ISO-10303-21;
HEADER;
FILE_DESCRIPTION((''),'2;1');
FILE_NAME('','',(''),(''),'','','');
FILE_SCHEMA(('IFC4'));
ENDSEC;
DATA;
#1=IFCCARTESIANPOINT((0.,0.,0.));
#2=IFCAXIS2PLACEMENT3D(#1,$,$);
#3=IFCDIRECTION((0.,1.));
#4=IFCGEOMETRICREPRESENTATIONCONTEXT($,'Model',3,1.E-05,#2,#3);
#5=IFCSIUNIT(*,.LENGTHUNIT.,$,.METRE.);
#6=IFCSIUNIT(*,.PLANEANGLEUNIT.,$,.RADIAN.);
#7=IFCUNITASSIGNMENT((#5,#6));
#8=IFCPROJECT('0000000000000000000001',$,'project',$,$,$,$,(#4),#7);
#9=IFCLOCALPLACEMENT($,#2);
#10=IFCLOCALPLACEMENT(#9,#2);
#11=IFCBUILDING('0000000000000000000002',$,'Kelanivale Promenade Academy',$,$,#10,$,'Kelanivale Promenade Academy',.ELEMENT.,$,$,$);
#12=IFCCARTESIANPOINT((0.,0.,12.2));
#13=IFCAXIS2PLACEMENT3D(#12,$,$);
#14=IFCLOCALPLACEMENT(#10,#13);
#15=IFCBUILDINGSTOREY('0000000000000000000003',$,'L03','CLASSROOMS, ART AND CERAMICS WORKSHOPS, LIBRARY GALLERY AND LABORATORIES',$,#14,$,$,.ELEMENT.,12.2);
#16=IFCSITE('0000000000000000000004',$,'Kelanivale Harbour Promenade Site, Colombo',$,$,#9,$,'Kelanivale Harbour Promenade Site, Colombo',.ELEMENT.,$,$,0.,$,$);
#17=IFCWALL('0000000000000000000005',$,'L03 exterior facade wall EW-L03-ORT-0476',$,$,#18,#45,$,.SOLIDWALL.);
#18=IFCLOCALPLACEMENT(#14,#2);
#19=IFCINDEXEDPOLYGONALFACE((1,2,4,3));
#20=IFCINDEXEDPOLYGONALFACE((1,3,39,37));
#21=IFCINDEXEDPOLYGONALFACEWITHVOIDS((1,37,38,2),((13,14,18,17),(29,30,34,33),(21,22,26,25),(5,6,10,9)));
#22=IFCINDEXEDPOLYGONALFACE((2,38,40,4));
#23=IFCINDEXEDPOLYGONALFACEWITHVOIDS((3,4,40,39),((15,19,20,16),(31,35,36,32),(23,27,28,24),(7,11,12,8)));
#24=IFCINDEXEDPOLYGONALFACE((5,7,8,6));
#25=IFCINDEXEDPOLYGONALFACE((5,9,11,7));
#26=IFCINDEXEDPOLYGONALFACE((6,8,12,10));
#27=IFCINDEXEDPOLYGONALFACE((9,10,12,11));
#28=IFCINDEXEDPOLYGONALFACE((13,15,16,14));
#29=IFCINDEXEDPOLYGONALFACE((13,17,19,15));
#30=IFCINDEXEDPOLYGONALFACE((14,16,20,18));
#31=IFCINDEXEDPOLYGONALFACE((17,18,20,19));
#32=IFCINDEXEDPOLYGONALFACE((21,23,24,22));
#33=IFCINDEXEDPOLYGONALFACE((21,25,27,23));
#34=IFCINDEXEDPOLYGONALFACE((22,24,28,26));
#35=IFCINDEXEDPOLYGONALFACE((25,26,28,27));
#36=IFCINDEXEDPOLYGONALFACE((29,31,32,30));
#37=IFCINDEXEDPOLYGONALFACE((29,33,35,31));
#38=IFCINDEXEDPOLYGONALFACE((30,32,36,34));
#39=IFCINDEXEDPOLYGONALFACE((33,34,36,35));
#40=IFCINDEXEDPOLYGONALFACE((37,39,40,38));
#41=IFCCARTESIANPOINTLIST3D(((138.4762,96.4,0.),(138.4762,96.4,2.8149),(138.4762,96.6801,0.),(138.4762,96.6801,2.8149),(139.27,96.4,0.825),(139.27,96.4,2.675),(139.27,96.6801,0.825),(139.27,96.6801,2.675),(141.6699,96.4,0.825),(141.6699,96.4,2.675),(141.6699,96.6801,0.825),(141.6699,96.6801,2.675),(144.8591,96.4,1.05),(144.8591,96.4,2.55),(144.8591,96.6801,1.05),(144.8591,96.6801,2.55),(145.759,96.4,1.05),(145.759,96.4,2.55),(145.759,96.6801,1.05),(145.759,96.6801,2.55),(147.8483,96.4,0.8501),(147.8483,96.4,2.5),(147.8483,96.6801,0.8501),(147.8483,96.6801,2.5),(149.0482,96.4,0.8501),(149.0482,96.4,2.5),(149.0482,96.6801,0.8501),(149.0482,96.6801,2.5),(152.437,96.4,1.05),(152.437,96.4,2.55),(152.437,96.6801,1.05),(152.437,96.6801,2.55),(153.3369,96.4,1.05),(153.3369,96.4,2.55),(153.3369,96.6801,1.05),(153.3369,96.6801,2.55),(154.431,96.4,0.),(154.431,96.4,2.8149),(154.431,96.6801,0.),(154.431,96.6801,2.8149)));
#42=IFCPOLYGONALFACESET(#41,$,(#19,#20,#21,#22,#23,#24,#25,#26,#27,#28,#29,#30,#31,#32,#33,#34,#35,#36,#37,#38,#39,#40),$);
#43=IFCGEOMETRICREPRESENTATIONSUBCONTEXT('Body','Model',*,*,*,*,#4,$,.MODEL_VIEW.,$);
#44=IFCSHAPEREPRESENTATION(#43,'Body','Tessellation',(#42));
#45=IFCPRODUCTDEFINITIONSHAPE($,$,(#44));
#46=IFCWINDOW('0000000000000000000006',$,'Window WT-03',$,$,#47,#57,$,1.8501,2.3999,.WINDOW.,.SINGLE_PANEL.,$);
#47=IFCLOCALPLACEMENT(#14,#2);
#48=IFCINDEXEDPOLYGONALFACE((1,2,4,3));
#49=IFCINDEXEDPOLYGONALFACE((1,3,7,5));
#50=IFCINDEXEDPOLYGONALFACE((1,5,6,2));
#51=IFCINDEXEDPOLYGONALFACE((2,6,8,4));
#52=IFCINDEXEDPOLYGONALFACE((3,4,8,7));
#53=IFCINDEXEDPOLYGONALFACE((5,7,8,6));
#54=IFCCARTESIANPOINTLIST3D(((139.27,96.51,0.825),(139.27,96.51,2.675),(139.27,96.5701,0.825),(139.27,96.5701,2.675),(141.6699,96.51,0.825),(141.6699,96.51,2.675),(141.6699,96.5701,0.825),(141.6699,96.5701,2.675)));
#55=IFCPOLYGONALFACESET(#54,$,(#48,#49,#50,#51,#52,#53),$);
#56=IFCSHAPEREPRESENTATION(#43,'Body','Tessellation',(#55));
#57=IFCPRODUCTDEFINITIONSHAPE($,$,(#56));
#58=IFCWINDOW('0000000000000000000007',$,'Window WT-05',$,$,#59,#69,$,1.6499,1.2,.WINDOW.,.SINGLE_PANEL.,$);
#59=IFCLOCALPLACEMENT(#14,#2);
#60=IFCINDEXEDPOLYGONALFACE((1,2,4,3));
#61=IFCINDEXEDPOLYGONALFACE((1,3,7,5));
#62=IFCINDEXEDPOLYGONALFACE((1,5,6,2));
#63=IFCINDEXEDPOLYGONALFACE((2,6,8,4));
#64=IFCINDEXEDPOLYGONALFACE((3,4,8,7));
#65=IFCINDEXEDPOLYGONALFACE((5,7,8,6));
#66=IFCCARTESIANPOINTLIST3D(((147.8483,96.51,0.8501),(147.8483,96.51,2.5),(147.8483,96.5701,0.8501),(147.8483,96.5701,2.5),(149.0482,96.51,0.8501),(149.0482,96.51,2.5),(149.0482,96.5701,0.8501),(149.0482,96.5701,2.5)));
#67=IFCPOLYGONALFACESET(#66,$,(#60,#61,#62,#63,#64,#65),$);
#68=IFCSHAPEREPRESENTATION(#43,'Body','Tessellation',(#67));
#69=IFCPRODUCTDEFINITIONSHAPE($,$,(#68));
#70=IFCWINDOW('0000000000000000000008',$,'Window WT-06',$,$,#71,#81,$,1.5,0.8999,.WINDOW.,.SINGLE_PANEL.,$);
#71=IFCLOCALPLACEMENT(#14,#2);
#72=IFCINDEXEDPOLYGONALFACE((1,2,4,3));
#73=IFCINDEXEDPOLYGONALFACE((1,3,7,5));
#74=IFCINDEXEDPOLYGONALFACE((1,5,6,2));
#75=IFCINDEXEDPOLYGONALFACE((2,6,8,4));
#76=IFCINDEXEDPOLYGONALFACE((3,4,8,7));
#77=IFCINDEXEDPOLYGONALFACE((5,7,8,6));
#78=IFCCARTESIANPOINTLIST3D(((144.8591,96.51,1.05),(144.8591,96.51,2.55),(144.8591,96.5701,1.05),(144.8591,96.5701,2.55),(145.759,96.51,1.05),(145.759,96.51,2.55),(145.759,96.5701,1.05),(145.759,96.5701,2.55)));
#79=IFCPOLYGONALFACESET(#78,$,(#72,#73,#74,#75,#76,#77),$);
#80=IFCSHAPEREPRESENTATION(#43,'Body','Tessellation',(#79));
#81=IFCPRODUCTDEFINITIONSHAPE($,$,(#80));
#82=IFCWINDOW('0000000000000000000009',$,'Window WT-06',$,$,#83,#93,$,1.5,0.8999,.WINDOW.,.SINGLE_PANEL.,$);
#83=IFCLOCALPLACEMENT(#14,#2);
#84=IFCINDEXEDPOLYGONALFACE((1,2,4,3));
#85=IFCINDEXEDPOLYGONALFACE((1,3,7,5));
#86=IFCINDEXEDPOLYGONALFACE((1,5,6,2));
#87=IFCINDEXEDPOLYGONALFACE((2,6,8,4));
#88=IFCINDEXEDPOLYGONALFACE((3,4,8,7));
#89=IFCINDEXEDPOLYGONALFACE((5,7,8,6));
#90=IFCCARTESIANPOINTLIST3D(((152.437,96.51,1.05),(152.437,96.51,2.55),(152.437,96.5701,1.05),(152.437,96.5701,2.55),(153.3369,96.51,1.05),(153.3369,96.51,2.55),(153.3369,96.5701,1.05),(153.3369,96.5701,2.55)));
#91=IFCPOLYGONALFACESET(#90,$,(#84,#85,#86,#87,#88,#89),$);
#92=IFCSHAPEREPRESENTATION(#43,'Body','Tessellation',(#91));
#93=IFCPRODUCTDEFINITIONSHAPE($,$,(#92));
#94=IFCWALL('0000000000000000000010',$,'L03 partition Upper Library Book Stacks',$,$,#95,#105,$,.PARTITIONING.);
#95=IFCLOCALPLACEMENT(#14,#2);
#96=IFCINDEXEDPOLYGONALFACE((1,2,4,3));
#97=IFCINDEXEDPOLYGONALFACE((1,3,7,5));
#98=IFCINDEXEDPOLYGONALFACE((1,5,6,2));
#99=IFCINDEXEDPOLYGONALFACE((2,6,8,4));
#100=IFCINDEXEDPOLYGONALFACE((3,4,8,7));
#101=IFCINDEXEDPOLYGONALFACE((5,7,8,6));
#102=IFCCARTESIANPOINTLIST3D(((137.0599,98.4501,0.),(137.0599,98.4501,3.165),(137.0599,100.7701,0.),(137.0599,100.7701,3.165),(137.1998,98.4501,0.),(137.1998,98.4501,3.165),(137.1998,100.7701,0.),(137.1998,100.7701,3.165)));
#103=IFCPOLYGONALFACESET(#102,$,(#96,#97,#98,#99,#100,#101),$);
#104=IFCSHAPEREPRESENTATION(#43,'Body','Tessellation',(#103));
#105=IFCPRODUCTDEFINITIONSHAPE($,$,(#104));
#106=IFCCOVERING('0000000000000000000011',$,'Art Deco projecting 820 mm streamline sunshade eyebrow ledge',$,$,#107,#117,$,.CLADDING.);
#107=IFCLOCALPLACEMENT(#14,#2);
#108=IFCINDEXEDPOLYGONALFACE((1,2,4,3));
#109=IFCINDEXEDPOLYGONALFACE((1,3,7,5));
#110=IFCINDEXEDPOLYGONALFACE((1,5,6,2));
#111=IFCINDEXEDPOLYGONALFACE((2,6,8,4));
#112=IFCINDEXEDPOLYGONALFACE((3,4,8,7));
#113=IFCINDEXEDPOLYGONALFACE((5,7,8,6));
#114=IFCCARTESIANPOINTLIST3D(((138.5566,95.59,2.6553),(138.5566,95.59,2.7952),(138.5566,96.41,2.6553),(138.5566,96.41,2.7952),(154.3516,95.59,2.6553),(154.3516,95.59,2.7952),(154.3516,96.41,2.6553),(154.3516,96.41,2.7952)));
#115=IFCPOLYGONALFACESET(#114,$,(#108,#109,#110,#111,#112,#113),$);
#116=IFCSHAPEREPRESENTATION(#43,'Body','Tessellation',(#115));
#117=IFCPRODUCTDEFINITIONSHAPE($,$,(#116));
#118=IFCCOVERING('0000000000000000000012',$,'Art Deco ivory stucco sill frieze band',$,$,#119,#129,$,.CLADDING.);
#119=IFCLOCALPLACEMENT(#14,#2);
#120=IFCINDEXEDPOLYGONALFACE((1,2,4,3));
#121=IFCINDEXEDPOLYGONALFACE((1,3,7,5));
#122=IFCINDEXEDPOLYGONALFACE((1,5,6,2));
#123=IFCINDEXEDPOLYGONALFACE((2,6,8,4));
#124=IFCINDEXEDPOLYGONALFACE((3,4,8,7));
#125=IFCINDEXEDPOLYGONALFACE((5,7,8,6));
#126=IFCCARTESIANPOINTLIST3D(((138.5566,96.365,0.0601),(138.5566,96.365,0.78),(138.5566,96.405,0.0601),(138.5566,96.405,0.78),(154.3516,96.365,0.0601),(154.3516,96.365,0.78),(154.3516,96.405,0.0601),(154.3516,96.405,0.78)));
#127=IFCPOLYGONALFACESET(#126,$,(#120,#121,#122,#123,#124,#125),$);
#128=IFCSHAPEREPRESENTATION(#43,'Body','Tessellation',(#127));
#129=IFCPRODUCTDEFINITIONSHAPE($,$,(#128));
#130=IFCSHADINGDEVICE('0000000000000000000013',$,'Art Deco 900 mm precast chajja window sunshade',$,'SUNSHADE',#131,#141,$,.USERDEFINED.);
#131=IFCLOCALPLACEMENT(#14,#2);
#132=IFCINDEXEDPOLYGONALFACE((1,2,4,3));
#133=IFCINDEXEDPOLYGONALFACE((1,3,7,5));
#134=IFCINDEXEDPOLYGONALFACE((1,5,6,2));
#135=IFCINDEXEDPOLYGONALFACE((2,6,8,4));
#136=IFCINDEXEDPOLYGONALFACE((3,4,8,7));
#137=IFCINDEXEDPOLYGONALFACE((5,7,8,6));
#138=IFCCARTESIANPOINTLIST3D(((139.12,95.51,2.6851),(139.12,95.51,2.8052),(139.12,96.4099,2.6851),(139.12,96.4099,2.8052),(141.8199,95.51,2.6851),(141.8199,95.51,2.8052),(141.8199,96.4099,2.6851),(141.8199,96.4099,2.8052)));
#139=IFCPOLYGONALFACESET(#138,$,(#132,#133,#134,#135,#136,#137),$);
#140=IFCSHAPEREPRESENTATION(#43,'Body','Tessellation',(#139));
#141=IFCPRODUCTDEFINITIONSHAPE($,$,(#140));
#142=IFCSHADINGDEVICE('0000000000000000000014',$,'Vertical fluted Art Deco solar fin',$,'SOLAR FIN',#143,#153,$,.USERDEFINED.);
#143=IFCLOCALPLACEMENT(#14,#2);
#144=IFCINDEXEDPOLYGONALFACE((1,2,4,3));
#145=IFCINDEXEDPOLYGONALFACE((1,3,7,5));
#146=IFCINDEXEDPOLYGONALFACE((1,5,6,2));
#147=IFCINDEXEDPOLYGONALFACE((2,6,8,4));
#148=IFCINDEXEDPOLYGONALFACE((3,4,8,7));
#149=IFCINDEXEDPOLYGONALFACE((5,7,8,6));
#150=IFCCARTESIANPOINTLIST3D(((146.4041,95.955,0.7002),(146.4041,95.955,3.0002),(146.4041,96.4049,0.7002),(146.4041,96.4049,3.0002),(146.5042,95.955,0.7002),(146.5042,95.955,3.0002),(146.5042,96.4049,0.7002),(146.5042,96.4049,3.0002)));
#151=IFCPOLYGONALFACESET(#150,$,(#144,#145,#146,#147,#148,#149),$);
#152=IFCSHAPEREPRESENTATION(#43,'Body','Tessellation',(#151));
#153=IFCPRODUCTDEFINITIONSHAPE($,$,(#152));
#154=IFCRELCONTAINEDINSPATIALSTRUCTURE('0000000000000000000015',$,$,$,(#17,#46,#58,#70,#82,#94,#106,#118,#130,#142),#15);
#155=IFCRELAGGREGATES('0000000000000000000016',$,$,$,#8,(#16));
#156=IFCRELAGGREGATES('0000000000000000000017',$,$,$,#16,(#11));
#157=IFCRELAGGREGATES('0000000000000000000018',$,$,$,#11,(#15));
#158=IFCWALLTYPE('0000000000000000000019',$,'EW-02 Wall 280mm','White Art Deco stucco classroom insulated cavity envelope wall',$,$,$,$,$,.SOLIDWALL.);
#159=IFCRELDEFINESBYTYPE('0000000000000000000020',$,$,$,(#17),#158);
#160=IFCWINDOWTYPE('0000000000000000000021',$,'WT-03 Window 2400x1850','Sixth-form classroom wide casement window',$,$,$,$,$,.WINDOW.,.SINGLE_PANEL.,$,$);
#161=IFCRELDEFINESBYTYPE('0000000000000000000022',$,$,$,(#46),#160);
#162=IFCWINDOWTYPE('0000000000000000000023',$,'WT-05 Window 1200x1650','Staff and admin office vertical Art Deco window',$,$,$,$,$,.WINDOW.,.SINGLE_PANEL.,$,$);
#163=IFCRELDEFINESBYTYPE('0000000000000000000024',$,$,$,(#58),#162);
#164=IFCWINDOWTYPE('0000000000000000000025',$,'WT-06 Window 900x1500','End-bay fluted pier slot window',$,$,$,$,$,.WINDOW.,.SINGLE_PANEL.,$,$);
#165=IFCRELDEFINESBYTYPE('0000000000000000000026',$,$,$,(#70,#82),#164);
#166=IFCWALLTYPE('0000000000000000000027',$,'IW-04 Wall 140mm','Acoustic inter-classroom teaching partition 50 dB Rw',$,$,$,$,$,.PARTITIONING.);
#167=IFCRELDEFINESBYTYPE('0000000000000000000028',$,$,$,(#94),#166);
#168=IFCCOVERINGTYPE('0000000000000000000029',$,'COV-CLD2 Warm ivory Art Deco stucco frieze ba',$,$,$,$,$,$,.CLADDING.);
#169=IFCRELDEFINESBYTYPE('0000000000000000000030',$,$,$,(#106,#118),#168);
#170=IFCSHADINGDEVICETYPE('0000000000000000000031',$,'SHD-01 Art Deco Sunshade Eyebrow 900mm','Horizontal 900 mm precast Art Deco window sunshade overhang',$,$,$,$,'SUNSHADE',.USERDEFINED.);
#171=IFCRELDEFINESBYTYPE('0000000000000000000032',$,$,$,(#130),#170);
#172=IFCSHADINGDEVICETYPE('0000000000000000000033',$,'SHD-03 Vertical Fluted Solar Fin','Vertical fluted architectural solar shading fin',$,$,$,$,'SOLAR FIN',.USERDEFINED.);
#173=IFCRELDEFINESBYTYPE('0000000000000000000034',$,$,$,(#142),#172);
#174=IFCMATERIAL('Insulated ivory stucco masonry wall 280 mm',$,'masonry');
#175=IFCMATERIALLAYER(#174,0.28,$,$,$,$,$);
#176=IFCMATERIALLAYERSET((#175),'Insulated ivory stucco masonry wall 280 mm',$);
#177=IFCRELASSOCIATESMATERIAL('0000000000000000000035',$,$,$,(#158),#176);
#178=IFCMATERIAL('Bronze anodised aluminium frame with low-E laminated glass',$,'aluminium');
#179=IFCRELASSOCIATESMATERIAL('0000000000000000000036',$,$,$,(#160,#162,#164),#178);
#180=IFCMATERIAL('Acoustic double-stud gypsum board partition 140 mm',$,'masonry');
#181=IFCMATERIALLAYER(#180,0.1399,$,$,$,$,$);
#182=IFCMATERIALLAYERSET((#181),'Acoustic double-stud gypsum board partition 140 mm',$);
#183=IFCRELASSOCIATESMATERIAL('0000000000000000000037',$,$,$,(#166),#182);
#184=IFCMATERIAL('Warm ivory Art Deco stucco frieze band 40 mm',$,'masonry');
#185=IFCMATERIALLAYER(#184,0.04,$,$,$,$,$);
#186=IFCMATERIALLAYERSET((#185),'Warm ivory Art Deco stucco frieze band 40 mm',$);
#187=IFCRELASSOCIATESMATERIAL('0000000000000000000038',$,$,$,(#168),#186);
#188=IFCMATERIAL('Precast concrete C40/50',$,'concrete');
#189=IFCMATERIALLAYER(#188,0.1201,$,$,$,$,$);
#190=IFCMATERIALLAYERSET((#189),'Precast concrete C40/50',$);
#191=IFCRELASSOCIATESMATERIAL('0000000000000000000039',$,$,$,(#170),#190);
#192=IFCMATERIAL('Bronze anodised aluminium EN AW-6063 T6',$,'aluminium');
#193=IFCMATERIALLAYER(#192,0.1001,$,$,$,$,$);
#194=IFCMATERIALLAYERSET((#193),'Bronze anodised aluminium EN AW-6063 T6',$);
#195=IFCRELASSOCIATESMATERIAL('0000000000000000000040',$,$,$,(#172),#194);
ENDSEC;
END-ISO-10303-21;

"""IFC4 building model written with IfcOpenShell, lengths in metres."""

from ifc_helpers import new_model, si_unit, direction, frame, frame_2d, origin, origin_2d, place, context, subcontext, project, spatial, rectangle, extrude, material, layer, layer_set, type_object, element, fill, save


model = new_model("IFC4")

# Units and contexts
model_context = context("Model", 3, precision=1e-05, world=origin(), true_north=direction((0.0, 1.0)))
body_context = subcontext(model_context, "Body", "Model", "MODEL_VIEW")
ifc_project = project(units=[si_unit("LENGTHUNIT", "METRE"), si_unit("PLANEANGLEUNIT", "RADIAN")], contexts=[model_context])

# Site, building, storey
site_placement = place(None, origin())
site = spatial("IfcSite", under=ifc_project, at=site_placement, Name="Kelanivale Harbour Promenade Site, Colombo", LongName="Kelanivale Harbour Promenade Site, Colombo", CompositionType="ELEMENT", RefElevation=0.0)
building_placement = place(site_placement, origin())
building = spatial("IfcBuilding", under=site, at=building_placement, Name="Kelanivale Promenade Academy", LongName="Kelanivale Promenade Academy", CompositionType="ELEMENT")
storey_placement = place(building_placement, frame((0.0, 0.0, 12.2)))
storey = spatial("IfcBuildingStorey", under=building, at=storey_placement, Name="L03", Description="CLASSROOMS, ART AND CERAMICS WORKSHOPS, LIBRARY GALLERY AND LABORATORIES", CompositionType="ELEMENT", Elevation=12.2)

# Wall, openings, windows
ifc_material_1 = material(Name="Insulated ivory stucco masonry wall 280 mm", Category="masonry")
ifc_layer_1 = layer(ifc_material_1, 0.28)
ifc_layer_set_1 = layer_set([ifc_layer_1], Name="Insulated ivory stucco masonry wall 280 mm")
wall_type_1 = type_object("IfcWallType", Name="EW-02 Wall 280mm", Description="White Art Deco stucco classroom insulated cavity envelope wall", PredefinedType="SOLIDWALL", material=ifc_layer_set_1)
wall_1_placement = place(storey_placement, frame((138.4761, 96.54, 0.0), z_axis=(0.0, 0.0, 1.0), x_axis=(1.0, 0.0, 0.0)))
wall_1 = element("IfcWall", 1, at=wall_1_placement, inside=storey, type_object=wall_type_1, Name="L03 exterior facade wall EW-L03-ORT-0476", PredefinedType="SOLIDWALL", context=body_context, shape_type="SweptSolid", body=[
    extrude(rectangle(XDim=15.9548, YDim=0.28, at=frame_2d((7.9775, 0.0))), origin(), (0.0, 0.0, 1.0), 2.8149),
])
opening_1_placement = place(wall_1_placement, frame((0.7939, 0.0, 0.825)))
opening_1 = element("IfcOpeningElement", 2, at=opening_1_placement, cuts=wall_1, PredefinedType="OPENING", context=body_context, shape_type="SweptSolid", body=[
    extrude(rectangle(XDim=2.3999, YDim=1.8501, at=frame_2d((1.2, 0.925))), frame((0.0, 0.1499, 0.0), z_axis=(0.0, -1.0, 0.0), x_axis=(1.0, 0.0, 0.0)), (0.0, 0.0, 1.0), 0.3),
])
opening_2_placement = place(wall_1_placement, frame((6.3831, 0.0, 1.05)))
opening_2 = element("IfcOpeningElement", 3, at=opening_2_placement, cuts=wall_1, PredefinedType="OPENING", context=body_context, shape_type="SweptSolid", body=[
    extrude(rectangle(XDim=0.8999, YDim=1.5, at=frame_2d((0.45, 0.75))), frame((0.0, 0.1499, 0.0), z_axis=(0.0, -1.0, 0.0), x_axis=(1.0, 0.0, 0.0)), (0.0, 0.0, 1.0), 0.3),
])
opening_3_placement = place(wall_1_placement, frame((9.3721, 0.0, 0.8501)))
opening_3 = element("IfcOpeningElement", 4, at=opening_3_placement, cuts=wall_1, PredefinedType="OPENING", context=body_context, shape_type="SweptSolid", body=[
    extrude(rectangle(XDim=1.2, YDim=1.6499, at=frame_2d((0.6001, 0.825))), frame((0.0, 0.1499, 0.0), z_axis=(0.0, -1.0, 0.0), x_axis=(1.0, 0.0, 0.0)), (0.0, 0.0, 1.0), 0.3),
])
opening_4_placement = place(wall_1_placement, frame((13.9609, 0.0, 1.05)))
opening_4 = element("IfcOpeningElement", 5, at=opening_4_placement, cuts=wall_1, PredefinedType="OPENING", context=body_context, shape_type="SweptSolid", body=[
    extrude(rectangle(XDim=0.8999, YDim=1.5, at=frame_2d((0.45, 0.75))), frame((0.0, 0.1499, 0.0), z_axis=(0.0, -1.0, 0.0), x_axis=(1.0, 0.0, 0.0)), (0.0, 0.0, 1.0), 0.3),
])
ifc_material_2 = material(Name="Bronze anodised aluminium frame with low-E laminated glass", Category="aluminium")
window_type_1 = type_object("IfcWindowType", Name="WT-03 Window 2400x1850", Description="Sixth-form classroom wide casement window", PartitioningType="SINGLE_PANEL", PredefinedType="WINDOW", material=ifc_material_2)
window_1_placement = place(opening_1_placement, origin())
window_1 = element("IfcWindow", 6, at=window_1_placement, inside=storey, type_object=window_type_1, Name="Window WT-03", OverallHeight=1.8501, OverallWidth=2.3999, PartitioningType="SINGLE_PANEL", PredefinedType="WINDOW", context=body_context, shape_type="SweptSolid", body=[
    extrude(rectangle(XDim=2.3999, YDim=1.8501, at=frame_2d((1.2, 0.925))), frame((0.0, 0.03, 0.0), z_axis=(0.0, -1.0, 0.0), x_axis=(1.0, 0.0, 0.0)), (0.0, 0.0, 1.0), 0.0601),
])
fill(opening_1, window_1)
window_type_2 = type_object("IfcWindowType", Name="WT-05 Window 1200x1650", Description="Staff and admin office vertical Art Deco window", PartitioningType="SINGLE_PANEL", PredefinedType="WINDOW", material=ifc_material_2)
window_2_placement = place(opening_3_placement, origin())
window_2 = element("IfcWindow", 7, at=window_2_placement, inside=storey, type_object=window_type_2, Name="Window WT-05", OverallHeight=1.6499, OverallWidth=1.2, PartitioningType="SINGLE_PANEL", PredefinedType="WINDOW", context=body_context, shape_type="SweptSolid", body=[
    extrude(rectangle(XDim=1.2, YDim=1.6499, at=frame_2d((0.6001, 0.825))), frame((0.0, 0.03, 0.0), z_axis=(0.0, -1.0, 0.0), x_axis=(1.0, 0.0, 0.0)), (0.0, 0.0, 1.0), 0.0601),
])
fill(opening_3, window_2)
window_type_3 = type_object("IfcWindowType", Name="WT-06 Window 900x1500", Description="End-bay fluted pier slot window", PartitioningType="SINGLE_PANEL", PredefinedType="WINDOW", material=ifc_material_2)
window_3_placement = place(opening_2_placement, origin())
window_3 = element("IfcWindow", 8, at=window_3_placement, inside=storey, type_object=window_type_3, Name="Window WT-06", OverallHeight=1.5, OverallWidth=0.8999, PartitioningType="SINGLE_PANEL", PredefinedType="WINDOW", context=body_context, shape_type="SweptSolid", body=[
    extrude(rectangle(XDim=0.8999, YDim=1.5, at=frame_2d((0.45, 0.75))), frame((0.0, 0.03, 0.0), z_axis=(0.0, -1.0, 0.0), x_axis=(1.0, 0.0, 0.0)), (0.0, 0.0, 1.0), 0.0601),
])
fill(opening_2, window_3)
window_4_placement = place(opening_4_placement, origin())
window_4 = element("IfcWindow", 9, at=window_4_placement, inside=storey, type_object=window_type_3, Name="Window WT-06", OverallHeight=1.5, OverallWidth=0.8999, PartitioningType="SINGLE_PANEL", PredefinedType="WINDOW", context=body_context, shape_type="SweptSolid", body=[
    extrude(rectangle(XDim=0.8999, YDim=1.5, at=frame_2d((0.45, 0.75))), frame((0.0, 0.03, 0.0), z_axis=(0.0, -1.0, 0.0), x_axis=(1.0, 0.0, 0.0)), (0.0, 0.0, 1.0), 0.0601),
])
fill(opening_4, window_4)

# Wall
ifc_material_3 = material(Name="Acoustic double-stud gypsum board partition 140 mm", Category="masonry")
ifc_layer_2 = layer(ifc_material_3, 0.1399)
ifc_layer_set_2 = layer_set([ifc_layer_2], Name="Acoustic double-stud gypsum board partition 140 mm")
wall_type_2 = type_object("IfcWallType", Name="IW-04 Wall 140mm", Description="Acoustic inter-classroom teaching partition 50 dB Rw", PredefinedType="PARTITIONING", material=ifc_layer_set_2)
wall_2_placement = place(storey_placement, frame((137.1299, 98.45, 0.0), z_axis=(0.0, 0.0, 1.0), x_axis=(0.0, 1.0, 0.0)))
element("IfcWall", 10, at=wall_2_placement, inside=storey, type_object=wall_type_2, Name="L03 partition Upper Library Book Stacks", PredefinedType="PARTITIONING", context=body_context, shape_type="SweptSolid", body=[
    extrude(rectangle(XDim=2.3201, YDim=0.1399, at=frame_2d((1.1602, 0.0))), origin(), (0.0, 0.0, 1.0), 3.165),
])

# Coverings
ifc_material_4 = material(Name="Warm ivory Art Deco stucco frieze band 40 mm", Category="masonry")
ifc_layer_3 = layer(ifc_material_4, 0.04)
ifc_layer_set_3 = layer_set([ifc_layer_3], Name="Warm ivory Art Deco stucco frieze band 40 mm")
covering_type = type_object("IfcCoveringType", Name="COV-CLD2 Warm ivory Art Deco stucco frieze ba", PredefinedType="CLADDING", material=ifc_layer_set_3)
covering_1_placement = place(storey_placement, frame((146.4541, 96.0, 2.6553), z_axis=(0.0, 0.0, 1.0), x_axis=(1.0, 0.0, 0.0)))
element("IfcCovering", 11, at=covering_1_placement, inside=storey, type_object=covering_type, Name="Art Deco projecting 820 mm streamline sunshade eyebrow ledge", PredefinedType="CLADDING", context=body_context, shape_type="SweptSolid", body=[
    extrude(rectangle(XDim=15.7949, YDim=0.8201, at=origin_2d()), origin(), (0.0, 0.0, 1.0), 0.1399),
])
covering_2_placement = place(storey_placement, frame((146.4541, 96.385, 0.0601), z_axis=(0.0, 0.0, 1.0), x_axis=(1.0, 0.0, 0.0)))
element("IfcCovering", 12, at=covering_2_placement, inside=storey, type_object=covering_type, Name="Art Deco ivory stucco sill frieze band", PredefinedType="CLADDING", context=body_context, shape_type="SweptSolid", body=[
    extrude(rectangle(XDim=15.7949, YDim=0.04, at=origin_2d()), origin(), (0.0, 0.0, 1.0), 0.72),
])

# Shading devices
ifc_material_5 = material(Name="Precast concrete C40/50", Category="concrete")
ifc_layer_4 = layer(ifc_material_5, 0.1201)
ifc_layer_set_4 = layer_set([ifc_layer_4], Name="Precast concrete C40/50")
shading_device_type_1 = type_object("IfcShadingDeviceType", Name="SHD-01 Art Deco Sunshade Eyebrow 900mm", Description="Horizontal 900 mm precast Art Deco window sunshade overhang", ElementType="SUNSHADE", PredefinedType="USERDEFINED", material=ifc_layer_set_4)
shading_device_1_placement = place(storey_placement, frame((140.47, 95.96, 2.6851), z_axis=(0.0, 0.0, 1.0), x_axis=(1.0, 0.0, 0.0)))
element("IfcShadingDevice", 13, at=shading_device_1_placement, inside=storey, type_object=shading_device_type_1, Name="Art Deco 900 mm precast chajja window sunshade", ObjectType="SUNSHADE", PredefinedType="USERDEFINED", context=body_context, shape_type="SweptSolid", body=[
    extrude(rectangle(XDim=2.7, YDim=0.8999, at=origin_2d()), origin(), (0.0, 0.0, 1.0), 0.1201),
])
ifc_material_6 = material(Name="Bronze anodised aluminium EN AW-6063 T6", Category="aluminium")
ifc_layer_5 = layer(ifc_material_6, 0.1001)
ifc_layer_set_5 = layer_set([ifc_layer_5], Name="Bronze anodised aluminium EN AW-6063 T6")
shading_device_type_2 = type_object("IfcShadingDeviceType", Name="SHD-03 Vertical Fluted Solar Fin", Description="Vertical fluted architectural solar shading fin", ElementType="SOLAR FIN", PredefinedType="USERDEFINED", material=ifc_layer_set_5)
shading_device_2_placement = place(storey_placement, frame((146.4541, 96.1799, 0.7002), z_axis=(0.0, 0.0, 1.0), x_axis=(1.0, 0.0, 0.0)))
element("IfcShadingDevice", 14, at=shading_device_2_placement, inside=storey, type_object=shading_device_type_2, Name="Vertical fluted Art Deco solar fin", ObjectType="SOLAR FIN", PredefinedType="USERDEFINED", context=body_context, shape_type="SweptSolid", body=[
    extrude(rectangle(XDim=0.1001, YDim=0.45, at=origin_2d()), origin(), (0.0, 0.0, 1.0), 2.3),
])

save(model, "model.ifc")
